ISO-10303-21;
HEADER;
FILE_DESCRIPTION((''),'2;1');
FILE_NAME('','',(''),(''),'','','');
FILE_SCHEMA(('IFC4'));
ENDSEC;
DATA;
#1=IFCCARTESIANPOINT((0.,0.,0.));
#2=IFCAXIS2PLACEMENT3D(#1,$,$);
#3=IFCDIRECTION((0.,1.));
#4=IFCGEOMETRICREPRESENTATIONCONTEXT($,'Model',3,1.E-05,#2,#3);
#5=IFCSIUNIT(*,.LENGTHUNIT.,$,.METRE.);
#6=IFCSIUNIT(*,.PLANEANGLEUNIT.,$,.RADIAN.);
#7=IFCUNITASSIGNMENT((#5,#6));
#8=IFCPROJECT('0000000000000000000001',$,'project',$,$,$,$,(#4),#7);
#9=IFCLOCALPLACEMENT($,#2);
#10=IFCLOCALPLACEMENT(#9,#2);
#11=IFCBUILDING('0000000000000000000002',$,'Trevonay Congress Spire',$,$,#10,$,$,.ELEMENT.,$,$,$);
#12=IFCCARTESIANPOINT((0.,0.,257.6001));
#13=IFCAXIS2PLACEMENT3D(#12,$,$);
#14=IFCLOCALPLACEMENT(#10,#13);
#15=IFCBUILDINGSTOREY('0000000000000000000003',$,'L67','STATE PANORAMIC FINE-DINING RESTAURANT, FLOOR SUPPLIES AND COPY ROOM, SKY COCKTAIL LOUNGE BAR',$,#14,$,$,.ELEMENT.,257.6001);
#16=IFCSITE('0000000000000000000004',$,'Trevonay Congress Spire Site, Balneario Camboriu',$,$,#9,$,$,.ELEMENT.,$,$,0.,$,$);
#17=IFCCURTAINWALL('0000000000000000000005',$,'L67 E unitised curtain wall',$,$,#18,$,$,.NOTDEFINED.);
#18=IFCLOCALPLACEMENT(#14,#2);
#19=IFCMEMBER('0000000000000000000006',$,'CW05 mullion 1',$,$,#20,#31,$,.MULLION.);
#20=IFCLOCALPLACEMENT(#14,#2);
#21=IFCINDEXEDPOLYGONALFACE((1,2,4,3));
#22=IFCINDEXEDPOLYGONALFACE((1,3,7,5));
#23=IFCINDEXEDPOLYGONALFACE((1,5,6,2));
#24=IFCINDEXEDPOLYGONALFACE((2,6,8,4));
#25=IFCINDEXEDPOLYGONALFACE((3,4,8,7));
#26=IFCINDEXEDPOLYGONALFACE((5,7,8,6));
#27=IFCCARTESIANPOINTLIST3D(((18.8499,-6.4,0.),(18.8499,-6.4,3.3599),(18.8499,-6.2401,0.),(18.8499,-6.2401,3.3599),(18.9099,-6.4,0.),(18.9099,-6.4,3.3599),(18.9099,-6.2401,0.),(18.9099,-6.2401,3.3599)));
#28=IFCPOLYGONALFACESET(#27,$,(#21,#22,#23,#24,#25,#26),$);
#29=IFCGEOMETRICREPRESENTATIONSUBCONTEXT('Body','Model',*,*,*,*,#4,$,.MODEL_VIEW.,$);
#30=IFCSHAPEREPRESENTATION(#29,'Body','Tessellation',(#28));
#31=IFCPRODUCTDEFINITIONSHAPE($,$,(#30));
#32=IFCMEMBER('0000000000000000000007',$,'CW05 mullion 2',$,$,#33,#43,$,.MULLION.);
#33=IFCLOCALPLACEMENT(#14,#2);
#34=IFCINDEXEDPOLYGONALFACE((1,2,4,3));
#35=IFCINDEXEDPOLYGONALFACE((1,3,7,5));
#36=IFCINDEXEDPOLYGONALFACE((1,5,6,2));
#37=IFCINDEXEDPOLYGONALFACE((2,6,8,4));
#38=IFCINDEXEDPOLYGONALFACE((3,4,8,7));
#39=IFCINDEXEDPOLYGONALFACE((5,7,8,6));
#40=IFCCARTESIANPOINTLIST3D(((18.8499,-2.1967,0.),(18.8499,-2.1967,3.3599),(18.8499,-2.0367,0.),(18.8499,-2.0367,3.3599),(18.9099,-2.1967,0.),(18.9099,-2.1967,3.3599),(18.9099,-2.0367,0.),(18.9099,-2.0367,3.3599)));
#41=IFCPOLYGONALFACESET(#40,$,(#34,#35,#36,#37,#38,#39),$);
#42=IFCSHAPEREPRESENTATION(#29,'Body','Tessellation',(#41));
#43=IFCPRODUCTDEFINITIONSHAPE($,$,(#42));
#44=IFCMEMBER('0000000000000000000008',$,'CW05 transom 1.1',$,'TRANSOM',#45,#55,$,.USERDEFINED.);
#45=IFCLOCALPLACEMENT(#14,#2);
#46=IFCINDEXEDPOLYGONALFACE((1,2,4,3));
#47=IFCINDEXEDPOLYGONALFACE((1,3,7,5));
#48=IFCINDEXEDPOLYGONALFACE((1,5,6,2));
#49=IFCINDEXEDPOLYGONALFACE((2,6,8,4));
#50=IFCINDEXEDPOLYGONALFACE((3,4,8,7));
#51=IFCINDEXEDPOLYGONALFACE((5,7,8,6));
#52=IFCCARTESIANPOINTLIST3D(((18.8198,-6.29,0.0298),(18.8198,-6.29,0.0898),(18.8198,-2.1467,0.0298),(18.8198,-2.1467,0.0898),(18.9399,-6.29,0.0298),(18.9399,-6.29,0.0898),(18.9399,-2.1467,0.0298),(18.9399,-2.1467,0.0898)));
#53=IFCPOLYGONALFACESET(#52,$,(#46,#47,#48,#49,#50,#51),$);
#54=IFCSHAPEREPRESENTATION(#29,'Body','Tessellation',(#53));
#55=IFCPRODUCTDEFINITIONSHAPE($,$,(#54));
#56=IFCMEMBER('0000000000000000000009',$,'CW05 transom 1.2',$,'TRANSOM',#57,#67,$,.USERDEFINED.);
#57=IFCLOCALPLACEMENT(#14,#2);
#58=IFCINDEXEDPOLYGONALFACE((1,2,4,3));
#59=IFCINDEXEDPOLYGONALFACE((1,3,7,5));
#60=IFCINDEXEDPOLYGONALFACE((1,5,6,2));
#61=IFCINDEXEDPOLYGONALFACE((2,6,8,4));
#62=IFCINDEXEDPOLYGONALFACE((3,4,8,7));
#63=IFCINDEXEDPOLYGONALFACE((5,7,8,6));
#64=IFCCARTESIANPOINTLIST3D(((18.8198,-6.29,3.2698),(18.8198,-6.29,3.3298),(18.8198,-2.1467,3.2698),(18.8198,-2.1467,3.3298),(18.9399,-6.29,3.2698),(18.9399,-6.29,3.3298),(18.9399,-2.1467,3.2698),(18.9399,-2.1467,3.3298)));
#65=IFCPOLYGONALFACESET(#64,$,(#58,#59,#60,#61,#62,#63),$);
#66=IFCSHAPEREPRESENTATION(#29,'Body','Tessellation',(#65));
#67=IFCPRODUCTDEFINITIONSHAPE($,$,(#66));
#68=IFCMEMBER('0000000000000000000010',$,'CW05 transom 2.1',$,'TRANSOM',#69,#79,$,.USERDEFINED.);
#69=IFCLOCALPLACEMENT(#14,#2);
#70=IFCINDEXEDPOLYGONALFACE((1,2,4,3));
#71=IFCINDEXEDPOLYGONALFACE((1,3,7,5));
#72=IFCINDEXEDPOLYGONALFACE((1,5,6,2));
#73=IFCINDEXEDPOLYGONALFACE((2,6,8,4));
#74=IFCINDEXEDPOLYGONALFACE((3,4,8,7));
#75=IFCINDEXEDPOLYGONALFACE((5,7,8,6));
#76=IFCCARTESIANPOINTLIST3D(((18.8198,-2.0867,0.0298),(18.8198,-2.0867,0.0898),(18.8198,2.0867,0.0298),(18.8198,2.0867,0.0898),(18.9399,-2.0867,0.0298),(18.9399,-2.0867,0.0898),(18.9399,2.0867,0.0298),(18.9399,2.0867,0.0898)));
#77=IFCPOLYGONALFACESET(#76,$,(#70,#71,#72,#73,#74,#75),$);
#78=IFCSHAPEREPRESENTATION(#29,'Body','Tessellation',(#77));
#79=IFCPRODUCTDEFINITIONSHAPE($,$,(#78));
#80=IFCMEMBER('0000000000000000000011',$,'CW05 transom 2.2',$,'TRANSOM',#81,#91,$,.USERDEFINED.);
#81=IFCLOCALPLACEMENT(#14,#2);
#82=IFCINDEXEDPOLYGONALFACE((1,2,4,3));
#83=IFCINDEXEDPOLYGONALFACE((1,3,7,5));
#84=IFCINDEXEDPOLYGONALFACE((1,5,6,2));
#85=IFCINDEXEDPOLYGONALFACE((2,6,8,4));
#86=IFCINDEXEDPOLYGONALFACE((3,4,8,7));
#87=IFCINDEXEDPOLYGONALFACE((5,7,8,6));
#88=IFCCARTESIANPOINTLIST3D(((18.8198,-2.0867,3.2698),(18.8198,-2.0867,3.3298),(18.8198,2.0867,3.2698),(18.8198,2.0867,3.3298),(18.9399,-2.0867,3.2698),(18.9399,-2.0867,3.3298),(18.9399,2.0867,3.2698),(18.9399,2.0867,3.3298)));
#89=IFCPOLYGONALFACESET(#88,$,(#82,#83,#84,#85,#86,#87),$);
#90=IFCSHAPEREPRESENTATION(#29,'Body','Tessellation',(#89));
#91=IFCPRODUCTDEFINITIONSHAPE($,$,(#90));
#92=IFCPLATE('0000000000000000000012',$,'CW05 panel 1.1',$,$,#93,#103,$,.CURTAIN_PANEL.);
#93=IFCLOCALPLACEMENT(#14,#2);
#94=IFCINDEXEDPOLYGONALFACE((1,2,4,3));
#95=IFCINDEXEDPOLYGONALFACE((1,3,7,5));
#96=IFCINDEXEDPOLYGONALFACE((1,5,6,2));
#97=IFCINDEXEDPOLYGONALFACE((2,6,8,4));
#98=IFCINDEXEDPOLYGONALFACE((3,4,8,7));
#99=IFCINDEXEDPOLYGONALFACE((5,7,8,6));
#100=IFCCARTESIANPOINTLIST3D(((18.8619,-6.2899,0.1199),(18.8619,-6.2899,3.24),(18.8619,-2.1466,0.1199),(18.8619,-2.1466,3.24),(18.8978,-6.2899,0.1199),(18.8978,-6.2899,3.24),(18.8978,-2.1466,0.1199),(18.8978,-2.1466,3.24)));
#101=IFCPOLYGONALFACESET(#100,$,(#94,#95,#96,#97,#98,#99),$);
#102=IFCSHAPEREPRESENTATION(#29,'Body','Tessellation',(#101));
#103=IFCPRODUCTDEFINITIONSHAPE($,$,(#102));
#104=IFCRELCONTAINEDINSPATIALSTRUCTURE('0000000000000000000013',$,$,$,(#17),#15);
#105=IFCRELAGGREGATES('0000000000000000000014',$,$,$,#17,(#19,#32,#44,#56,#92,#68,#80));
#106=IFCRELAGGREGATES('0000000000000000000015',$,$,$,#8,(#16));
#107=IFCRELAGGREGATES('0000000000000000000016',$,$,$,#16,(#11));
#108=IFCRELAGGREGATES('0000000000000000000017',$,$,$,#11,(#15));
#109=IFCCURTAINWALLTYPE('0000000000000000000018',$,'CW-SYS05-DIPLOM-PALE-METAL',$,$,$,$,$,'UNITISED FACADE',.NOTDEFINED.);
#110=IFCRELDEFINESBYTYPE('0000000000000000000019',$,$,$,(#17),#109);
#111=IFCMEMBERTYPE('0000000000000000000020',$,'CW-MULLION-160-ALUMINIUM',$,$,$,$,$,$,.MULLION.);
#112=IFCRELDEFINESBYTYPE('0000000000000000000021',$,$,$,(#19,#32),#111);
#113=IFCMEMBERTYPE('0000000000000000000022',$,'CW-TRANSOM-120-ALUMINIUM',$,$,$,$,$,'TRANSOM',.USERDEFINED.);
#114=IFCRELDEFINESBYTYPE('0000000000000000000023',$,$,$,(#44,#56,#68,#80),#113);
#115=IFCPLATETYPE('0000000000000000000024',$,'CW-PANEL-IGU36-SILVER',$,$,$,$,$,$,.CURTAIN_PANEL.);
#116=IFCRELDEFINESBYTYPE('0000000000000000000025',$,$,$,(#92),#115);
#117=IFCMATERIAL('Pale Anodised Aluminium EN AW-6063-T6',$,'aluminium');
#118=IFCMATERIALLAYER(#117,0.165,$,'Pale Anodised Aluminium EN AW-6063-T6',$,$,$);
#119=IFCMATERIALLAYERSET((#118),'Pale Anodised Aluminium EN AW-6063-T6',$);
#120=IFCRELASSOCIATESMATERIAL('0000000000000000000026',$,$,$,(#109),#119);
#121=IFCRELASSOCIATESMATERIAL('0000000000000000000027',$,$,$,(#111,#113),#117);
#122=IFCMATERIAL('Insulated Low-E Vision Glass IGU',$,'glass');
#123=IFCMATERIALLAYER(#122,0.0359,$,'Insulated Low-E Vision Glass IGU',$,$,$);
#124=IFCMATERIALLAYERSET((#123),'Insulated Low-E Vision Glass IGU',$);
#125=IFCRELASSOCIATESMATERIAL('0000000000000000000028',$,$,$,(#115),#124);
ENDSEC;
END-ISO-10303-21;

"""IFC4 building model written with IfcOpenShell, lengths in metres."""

from ifc_helpers import new_model, si_unit, direction, frame, origin, origin_2d, place, context, subcontext, project, spatial, rectangle, extrude, material, layer, layer_set, material_profile, profile_set, type_object, element, aggregate, save


model = new_model("IFC4")

# Units and contexts
model_context = context("Model", 3, precision=1e-05, world=origin(), true_north=direction((0.0, 1.0)))
body_context = subcontext(model_context, "Body", "Model", "MODEL_VIEW")
ifc_project = project(units=[si_unit("LENGTHUNIT", "METRE"), si_unit("PLANEANGLEUNIT", "RADIAN")], contexts=[model_context])

# Site, building, storey
site_placement = place(None, origin())
site = spatial("IfcSite", under=ifc_project, at=site_placement, Name="Trevonay Congress Spire Site, Balneario Camboriu", CompositionType="ELEMENT", RefElevation=0.0)
building_placement = place(site_placement, origin())
building = spatial("IfcBuilding", under=site, at=building_placement, Name="Trevonay Congress Spire", CompositionType="ELEMENT")
storey_placement = place(building_placement, frame((0.0, 0.0, 257.6001)))
storey = spatial("IfcBuildingStorey", under=building, at=storey_placement, Name="L67", Description="STATE PANORAMIC FINE-DINING RESTAURANT, FLOOR SUPPLIES AND COPY ROOM, SKY COCKTAIL LOUNGE BAR", CompositionType="ELEMENT", Elevation=257.6001)

# Curtain wall, members, plate
ifc_material_1 = material(Name="Pale Anodised Aluminium EN AW-6063-T6", Category="aluminium")
ifc_layer_1 = layer(ifc_material_1, 0.165, Name="Pale Anodised Aluminium EN AW-6063-T6")
ifc_layer_set_1 = layer_set([ifc_layer_1], Name="Pale Anodised Aluminium EN AW-6063-T6")
curtain_wall_type = type_object("IfcCurtainWallType", Name="CW-SYS05-DIPLOM-PALE-METAL", ElementType="UNITISED FACADE", PredefinedType="NOTDEFINED", material=ifc_layer_set_1)
curtain_wall_placement = place(storey_placement, origin())
curtain_wall = element("IfcCurtainWall", 1, at=curtain_wall_placement, inside=storey, type_object=curtain_wall_type, Name="L67 E unitised curtain wall", PredefinedType="NOTDEFINED")
ifc_material_profile_1 = material_profile(ifc_material_1, rectangle(XDim=0.0601, YDim=0.1599, at=origin_2d()), Name="CW-MULLION-160-ALUMINIUM")
ifc_profile_set_1 = profile_set([ifc_material_profile_1], Name="Pale Anodised Aluminium EN AW-6063-T6")
member_type_1 = type_object("IfcMemberType", Name="CW-MULLION-160-ALUMINIUM", PredefinedType="MULLION", material=ifc_profile_set_1)
member_1_placement = place(storey_placement, frame((18.8799, -6.3201, 0.0), z_axis=(0.0, 0.0, 1.0), x_axis=(-1.0, 0.0, 0.0)))
member_1 = element("IfcMember", 2, at=member_1_placement, type_object=member_type_1, Name="CW05 mullion 1", PredefinedType="MULLION", context=body_context, shape_type="SweptSolid", body=[
    extrude(rectangle(XDim=0.0601, YDim=0.1599, at=origin_2d()), origin(), (0.0, 0.0, 1.0), 3.3599),
])
member_2_placement = place(storey_placement, frame((18.8799, -2.1167, 0.0), z_axis=(0.0, 0.0, 1.0), x_axis=(-1.0, 0.0, 0.0)))
member_2 = element("IfcMember", 3, at=member_2_placement, type_object=member_type_1, Name="CW05 mullion 2", PredefinedType="MULLION", context=body_context, shape_type="SweptSolid", body=[
    extrude(rectangle(XDim=0.0601, YDim=0.1599, at=origin_2d()), origin(), (0.0, 0.0, 1.0), 3.3599),
])
ifc_material_profile_2 = material_profile(ifc_material_1, rectangle(XDim=0.1201, YDim=0.0601, at=origin_2d()), Name="CW-TRANSOM-120-ALUMINIUM")
ifc_profile_set_2 = profile_set([ifc_material_profile_2], Name="Pale Anodised Aluminium EN AW-6063-T6")
member_type_2 = type_object("IfcMemberType", Name="CW-TRANSOM-120-ALUMINIUM", ElementType="TRANSOM", PredefinedType="USERDEFINED", material=ifc_profile_set_2)
member_3_placement = place(storey_placement, frame((18.8799, -6.29, 0.0598), z_axis=(0.0, 1.0, 0.0), x_axis=(-1.0, 0.0, 0.0)))
member_3 = element("IfcMember", 4, at=member_3_placement, type_object=member_type_2, Name="CW05 transom 1.1", ObjectType="TRANSOM", PredefinedType="USERDEFINED", context=body_context, shape_type="SweptSolid", body=[
    extrude(rectangle(XDim=0.1201, YDim=0.0601, at=origin_2d()), origin(), (0.0, 0.0, 1.0), 4.1433),
])
member_4_placement = place(storey_placement, frame((18.8799, -6.29, 3.2998), z_axis=(0.0, 1.0, 0.0), x_axis=(-1.0, 0.0, 0.0)))
member_4 = element("IfcMember", 5, at=member_4_placement, type_object=member_type_2, Name="CW05 transom 1.2", ObjectType="TRANSOM", PredefinedType="USERDEFINED", context=body_context, shape_type="SweptSolid", body=[
    extrude(rectangle(XDim=0.1201, YDim=0.0601, at=origin_2d()), origin(), (0.0, 0.0, 1.0), 4.1433),
])
member_5_placement = place(storey_placement, frame((18.8799, -2.0867, 0.0598), z_axis=(0.0, 1.0, 0.0), x_axis=(-1.0, 0.0, 0.0)))
member_5 = element("IfcMember", 6, at=member_5_placement, type_object=member_type_2, Name="CW05 transom 2.1", ObjectType="TRANSOM", PredefinedType="USERDEFINED", context=body_context, shape_type="SweptSolid", body=[
    extrude(rectangle(XDim=0.1201, YDim=0.0601, at=origin_2d()), origin(), (0.0, 0.0, 1.0), 4.1733),
])
member_6_placement = place(storey_placement, frame((18.8799, -2.0867, 3.2998), z_axis=(0.0, 1.0, 0.0), x_axis=(-1.0, 0.0, 0.0)))
member_6 = element("IfcMember", 7, at=member_6_placement, type_object=member_type_2, Name="CW05 transom 2.2", ObjectType="TRANSOM", PredefinedType="USERDEFINED", context=body_context, shape_type="SweptSolid", body=[
    extrude(rectangle(XDim=0.1201, YDim=0.0601, at=origin_2d()), origin(), (0.0, 0.0, 1.0), 4.1733),
])
ifc_material_2 = material(Name="Insulated Low-E Vision Glass IGU", Category="glass")
ifc_layer_2 = layer(ifc_material_2, 0.0359, Name="Insulated Low-E Vision Glass IGU")
ifc_layer_set_2 = layer_set([ifc_layer_2], Name="Insulated Low-E Vision Glass IGU")
plate_type = type_object("IfcPlateType", Name="CW-PANEL-IGU36-SILVER", PredefinedType="CURTAIN_PANEL", material=ifc_layer_set_2)
plate_placement = place(storey_placement, frame((18.8799, -4.2183, 0.1199), z_axis=(0.0, 0.0, 1.0), x_axis=(0.0, 1.0, 0.0)))
plate = element("IfcPlate", 8, at=plate_placement, type_object=plate_type, Name="CW05 panel 1.1", PredefinedType="CURTAIN_PANEL", context=body_context, shape_type="SweptSolid", body=[
    extrude(rectangle(XDim=4.1433, YDim=0.0359, at=origin_2d()), origin(), (0.0, 0.0, 1.0), 3.1201),
])
aggregate(curtain_wall, [member_1, member_2, member_3, member_4, plate, member_5, member_6])

save(model, "model.ifc")
